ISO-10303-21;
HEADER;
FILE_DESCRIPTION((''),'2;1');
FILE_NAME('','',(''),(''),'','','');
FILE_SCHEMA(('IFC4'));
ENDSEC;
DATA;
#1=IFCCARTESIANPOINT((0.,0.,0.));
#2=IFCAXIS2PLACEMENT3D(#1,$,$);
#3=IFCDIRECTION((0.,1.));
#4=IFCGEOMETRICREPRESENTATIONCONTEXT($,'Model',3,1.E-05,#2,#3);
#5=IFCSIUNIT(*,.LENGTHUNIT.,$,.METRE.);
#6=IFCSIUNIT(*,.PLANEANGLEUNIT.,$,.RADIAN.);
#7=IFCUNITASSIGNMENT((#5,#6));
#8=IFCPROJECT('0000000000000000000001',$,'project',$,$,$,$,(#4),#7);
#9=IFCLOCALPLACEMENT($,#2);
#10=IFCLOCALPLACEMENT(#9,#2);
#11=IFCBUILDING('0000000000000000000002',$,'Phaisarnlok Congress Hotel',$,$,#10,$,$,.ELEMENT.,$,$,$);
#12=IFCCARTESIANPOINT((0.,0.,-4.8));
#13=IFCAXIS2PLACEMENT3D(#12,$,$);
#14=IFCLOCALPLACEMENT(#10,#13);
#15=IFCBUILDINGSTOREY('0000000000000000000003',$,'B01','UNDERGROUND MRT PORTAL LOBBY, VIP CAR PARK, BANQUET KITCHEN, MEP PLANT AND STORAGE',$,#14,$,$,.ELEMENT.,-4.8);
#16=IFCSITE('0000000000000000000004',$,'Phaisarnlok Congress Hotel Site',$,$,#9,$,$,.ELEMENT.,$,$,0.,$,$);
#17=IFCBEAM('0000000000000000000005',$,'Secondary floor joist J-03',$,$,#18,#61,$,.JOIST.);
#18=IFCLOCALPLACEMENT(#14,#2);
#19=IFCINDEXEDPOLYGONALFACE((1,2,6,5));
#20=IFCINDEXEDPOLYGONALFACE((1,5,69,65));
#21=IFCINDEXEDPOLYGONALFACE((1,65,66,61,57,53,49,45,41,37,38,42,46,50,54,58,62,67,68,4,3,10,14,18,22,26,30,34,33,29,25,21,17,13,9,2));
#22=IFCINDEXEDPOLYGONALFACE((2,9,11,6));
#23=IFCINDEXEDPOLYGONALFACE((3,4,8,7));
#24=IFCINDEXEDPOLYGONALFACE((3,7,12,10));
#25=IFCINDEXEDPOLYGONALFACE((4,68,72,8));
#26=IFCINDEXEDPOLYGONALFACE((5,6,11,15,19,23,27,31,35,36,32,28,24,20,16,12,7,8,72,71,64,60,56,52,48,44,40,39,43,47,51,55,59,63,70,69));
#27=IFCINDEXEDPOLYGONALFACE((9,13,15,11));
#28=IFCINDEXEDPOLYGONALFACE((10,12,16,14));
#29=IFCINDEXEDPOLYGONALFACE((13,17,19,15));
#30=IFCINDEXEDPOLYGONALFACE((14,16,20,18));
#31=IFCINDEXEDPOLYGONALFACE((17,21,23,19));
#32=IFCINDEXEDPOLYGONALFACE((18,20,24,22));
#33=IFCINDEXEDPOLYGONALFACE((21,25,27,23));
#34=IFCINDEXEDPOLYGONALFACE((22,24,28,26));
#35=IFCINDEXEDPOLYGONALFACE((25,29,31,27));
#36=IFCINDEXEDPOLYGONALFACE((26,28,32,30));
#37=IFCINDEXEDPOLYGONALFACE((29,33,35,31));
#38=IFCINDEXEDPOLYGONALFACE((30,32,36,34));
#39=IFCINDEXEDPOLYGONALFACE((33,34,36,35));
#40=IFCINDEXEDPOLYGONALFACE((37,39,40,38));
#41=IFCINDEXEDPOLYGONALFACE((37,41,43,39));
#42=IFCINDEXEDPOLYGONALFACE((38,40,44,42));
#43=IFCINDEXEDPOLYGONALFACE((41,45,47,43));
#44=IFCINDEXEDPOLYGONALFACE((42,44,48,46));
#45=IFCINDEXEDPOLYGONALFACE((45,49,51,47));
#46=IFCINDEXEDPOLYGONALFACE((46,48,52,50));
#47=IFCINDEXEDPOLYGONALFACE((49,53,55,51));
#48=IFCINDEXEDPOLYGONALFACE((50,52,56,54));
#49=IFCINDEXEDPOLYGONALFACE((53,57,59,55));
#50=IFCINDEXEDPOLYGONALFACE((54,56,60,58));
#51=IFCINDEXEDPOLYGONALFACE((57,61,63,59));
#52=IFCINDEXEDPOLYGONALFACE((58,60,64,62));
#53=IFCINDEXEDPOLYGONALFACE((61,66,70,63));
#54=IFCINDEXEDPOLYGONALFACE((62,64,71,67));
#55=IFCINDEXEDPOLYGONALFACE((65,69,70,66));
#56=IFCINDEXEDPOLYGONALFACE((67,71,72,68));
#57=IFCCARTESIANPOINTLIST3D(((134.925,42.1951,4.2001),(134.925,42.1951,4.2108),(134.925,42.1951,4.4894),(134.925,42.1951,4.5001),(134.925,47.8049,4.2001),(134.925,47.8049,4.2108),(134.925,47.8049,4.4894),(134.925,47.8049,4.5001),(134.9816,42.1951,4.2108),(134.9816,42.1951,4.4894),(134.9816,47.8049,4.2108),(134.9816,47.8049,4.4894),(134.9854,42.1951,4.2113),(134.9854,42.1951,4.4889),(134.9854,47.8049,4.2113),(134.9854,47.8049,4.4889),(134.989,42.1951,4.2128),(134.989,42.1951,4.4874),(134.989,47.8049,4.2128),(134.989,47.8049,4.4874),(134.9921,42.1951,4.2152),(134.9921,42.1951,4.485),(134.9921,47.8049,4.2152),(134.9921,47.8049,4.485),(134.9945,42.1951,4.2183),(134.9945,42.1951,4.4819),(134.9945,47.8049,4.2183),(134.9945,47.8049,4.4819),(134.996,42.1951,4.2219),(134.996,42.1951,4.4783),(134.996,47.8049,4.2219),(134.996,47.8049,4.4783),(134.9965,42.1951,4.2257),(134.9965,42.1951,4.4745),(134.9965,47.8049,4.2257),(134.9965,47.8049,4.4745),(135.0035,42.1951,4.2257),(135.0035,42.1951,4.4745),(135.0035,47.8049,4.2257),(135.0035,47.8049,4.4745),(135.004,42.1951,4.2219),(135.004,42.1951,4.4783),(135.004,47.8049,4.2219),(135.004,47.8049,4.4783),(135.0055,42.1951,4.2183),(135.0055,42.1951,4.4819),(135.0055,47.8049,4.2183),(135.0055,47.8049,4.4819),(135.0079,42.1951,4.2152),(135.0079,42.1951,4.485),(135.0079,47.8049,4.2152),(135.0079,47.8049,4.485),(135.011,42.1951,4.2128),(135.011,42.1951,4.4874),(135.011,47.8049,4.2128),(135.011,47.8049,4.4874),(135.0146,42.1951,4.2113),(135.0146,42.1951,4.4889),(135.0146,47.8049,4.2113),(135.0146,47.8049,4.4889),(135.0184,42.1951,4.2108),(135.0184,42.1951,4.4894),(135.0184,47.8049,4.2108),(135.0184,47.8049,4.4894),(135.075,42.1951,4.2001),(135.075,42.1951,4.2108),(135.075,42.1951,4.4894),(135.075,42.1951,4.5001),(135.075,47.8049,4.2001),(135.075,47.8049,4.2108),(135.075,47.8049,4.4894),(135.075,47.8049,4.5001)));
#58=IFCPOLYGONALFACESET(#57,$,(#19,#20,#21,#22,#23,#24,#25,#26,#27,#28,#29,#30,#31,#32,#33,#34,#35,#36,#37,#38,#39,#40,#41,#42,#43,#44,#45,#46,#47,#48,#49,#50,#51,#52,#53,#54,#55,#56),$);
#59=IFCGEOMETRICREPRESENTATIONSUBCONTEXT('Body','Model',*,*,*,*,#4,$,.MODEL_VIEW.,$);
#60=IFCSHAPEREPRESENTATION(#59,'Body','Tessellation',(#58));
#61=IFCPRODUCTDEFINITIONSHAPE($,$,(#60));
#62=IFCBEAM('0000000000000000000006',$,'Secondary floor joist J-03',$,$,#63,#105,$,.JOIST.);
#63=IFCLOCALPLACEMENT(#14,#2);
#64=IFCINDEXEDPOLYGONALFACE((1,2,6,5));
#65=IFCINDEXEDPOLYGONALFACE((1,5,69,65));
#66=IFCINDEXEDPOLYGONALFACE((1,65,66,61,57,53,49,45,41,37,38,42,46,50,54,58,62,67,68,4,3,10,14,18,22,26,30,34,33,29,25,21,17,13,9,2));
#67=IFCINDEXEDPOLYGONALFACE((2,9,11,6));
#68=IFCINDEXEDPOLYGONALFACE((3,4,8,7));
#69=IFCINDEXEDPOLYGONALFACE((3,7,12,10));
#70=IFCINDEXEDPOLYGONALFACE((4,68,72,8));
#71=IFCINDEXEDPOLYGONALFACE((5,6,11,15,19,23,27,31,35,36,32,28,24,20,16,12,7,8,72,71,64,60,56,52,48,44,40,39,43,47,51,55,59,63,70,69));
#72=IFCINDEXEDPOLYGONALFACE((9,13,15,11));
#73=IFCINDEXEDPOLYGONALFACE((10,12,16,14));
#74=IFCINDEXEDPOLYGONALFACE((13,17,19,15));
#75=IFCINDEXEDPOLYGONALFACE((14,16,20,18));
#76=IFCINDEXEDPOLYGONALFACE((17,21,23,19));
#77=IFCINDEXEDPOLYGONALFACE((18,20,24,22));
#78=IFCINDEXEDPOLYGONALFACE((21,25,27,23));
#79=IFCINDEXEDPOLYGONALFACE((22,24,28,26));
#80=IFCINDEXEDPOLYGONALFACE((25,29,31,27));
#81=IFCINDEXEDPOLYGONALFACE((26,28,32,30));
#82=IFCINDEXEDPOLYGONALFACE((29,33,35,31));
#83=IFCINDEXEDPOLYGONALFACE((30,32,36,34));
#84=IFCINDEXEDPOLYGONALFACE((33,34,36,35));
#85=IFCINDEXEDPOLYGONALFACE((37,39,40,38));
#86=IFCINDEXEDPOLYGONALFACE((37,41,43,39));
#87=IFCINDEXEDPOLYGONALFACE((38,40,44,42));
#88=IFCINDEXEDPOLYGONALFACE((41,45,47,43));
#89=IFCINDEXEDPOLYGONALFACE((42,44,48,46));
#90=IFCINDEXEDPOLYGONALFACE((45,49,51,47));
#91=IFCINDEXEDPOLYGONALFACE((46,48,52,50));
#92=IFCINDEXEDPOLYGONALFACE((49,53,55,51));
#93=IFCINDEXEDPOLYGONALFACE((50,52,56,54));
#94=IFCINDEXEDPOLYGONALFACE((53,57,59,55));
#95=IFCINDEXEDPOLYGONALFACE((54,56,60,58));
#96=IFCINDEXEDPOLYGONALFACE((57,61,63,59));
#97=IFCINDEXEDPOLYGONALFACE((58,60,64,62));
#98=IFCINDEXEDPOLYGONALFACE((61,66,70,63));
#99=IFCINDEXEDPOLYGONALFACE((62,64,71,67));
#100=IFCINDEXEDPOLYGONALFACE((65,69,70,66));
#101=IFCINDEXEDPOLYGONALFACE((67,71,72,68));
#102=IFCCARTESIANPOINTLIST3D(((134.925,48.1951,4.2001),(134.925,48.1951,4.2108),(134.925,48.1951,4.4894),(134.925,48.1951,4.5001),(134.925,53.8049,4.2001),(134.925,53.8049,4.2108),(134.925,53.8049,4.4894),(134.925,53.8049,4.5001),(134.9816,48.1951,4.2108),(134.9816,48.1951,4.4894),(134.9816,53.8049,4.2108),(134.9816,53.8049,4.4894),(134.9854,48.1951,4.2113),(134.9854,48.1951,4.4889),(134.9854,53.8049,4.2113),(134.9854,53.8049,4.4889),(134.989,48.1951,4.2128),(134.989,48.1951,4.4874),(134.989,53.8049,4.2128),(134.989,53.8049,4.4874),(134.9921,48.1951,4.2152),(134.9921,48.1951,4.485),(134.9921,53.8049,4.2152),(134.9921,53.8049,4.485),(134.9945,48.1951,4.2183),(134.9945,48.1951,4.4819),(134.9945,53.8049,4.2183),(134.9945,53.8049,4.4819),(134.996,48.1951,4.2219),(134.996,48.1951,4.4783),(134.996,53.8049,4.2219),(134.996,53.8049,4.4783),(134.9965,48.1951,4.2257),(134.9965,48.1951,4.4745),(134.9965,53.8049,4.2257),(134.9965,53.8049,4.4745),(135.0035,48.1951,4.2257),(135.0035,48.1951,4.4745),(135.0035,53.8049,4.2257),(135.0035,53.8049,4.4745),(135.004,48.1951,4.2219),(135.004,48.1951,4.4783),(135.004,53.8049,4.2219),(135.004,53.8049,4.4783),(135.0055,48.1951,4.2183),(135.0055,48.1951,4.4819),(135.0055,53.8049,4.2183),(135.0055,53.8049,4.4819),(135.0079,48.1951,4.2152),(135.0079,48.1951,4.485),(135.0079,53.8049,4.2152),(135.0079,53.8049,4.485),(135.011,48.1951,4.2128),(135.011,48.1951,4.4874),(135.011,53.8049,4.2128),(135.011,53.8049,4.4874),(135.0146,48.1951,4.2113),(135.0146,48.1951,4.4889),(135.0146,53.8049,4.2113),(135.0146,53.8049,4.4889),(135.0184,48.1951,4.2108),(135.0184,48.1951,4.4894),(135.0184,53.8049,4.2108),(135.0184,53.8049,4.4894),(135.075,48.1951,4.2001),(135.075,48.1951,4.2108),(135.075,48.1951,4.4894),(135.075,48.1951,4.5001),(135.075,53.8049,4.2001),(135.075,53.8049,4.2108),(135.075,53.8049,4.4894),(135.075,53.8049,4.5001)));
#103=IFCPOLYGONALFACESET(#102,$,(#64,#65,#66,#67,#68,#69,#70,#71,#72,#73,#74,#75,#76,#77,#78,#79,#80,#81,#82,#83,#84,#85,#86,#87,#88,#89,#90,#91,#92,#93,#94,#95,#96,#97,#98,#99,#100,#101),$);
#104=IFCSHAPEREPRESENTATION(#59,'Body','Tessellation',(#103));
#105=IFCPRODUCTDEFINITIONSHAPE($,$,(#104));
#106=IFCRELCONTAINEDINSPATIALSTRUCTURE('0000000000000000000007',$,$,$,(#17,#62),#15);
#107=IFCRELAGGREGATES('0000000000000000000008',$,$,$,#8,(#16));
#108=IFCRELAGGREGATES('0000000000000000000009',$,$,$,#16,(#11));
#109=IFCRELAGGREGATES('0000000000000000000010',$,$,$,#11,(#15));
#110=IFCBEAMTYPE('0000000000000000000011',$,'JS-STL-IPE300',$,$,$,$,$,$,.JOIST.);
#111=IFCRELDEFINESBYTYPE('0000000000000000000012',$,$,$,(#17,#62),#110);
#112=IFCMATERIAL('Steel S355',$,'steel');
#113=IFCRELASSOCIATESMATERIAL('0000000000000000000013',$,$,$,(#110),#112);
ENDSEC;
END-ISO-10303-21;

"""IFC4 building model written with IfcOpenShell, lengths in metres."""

from ifc_helpers import new_model, si_unit, direction, frame, origin, origin_2d, place, context, subcontext, project, spatial, i_section, extrude, material, material_profile, profile_set, type_object, element, save


model = new_model("IFC4")

# Units and contexts
model_context = context("Model", 3, precision=1e-05, world=origin(), true_north=direction((0.0, 1.0)))
body_context = subcontext(model_context, "Body", "Model", "MODEL_VIEW")
ifc_project = project(units=[si_unit("LENGTHUNIT", "METRE"), si_unit("PLANEANGLEUNIT", "RADIAN")], contexts=[model_context])

# Site, building, storey
site_placement = place(None, origin())
site = spatial("IfcSite", under=ifc_project, at=site_placement, Name="Phaisarnlok Congress Hotel Site", CompositionType="ELEMENT", RefElevation=0.0)
building_placement = place(site_placement, origin())
building = spatial("IfcBuilding", under=site, at=building_placement, Name="Phaisarnlok Congress Hotel", CompositionType="ELEMENT")
storey_placement = place(building_placement, frame((0.0, 0.0, -4.8)))
storey = spatial("IfcBuildingStorey", under=building, at=storey_placement, Name="B01", Description="UNDERGROUND MRT PORTAL LOBBY, VIP CAR PARK, BANQUET KITCHEN, MEP PLANT AND STORAGE", CompositionType="ELEMENT", Elevation=-4.8)

# Beams
ifc_material_1 = material(Name="Steel S355", Category="steel")
ifc_material_profile_1 = material_profile(ifc_material_1, i_section(OverallWidth=0.1499, OverallDepth=0.3, WebThickness=0.0071, FlangeThickness=0.0107, FilletRadius=0.0149, at=origin_2d()), Name="IPE 300")
ifc_profile_set_1 = profile_set([ifc_material_profile_1], Name="Steel S355")
beam_type_1 = type_object("IfcBeamType", Name="JS-STL-IPE300", PredefinedType="JOIST", material=ifc_profile_set_1)
for number, where, z_axis, x_axis, name in (
    (1, (135.0, 42.1951, 4.3501), (0.0, 1.0, 0.0), (-1.0, 0.0, 0.0), "Secondary floor joist J-03"),
    (2, (135.0, 48.1951, 4.3501), (0.0, 1.0, 0.0), (-1.0, 0.0, 0.0), "Secondary floor joist J-03"),
):
    element("IfcBeam", number, at=place(storey_placement, frame(where, z_axis=z_axis, x_axis=x_axis)), inside=storey, type_object=beam_type_1, Name=name, PredefinedType="JOIST", context=body_context, shape_type="SweptSolid", body=[
        extrude(i_section(OverallWidth=0.1499, OverallDepth=0.3, WebThickness=0.0071, FlangeThickness=0.0107, FilletRadius=0.0149, at=origin_2d()), origin(), (0.0, 0.0, 1.0), 5.6099),
    ])

save(model, "model.ifc")
